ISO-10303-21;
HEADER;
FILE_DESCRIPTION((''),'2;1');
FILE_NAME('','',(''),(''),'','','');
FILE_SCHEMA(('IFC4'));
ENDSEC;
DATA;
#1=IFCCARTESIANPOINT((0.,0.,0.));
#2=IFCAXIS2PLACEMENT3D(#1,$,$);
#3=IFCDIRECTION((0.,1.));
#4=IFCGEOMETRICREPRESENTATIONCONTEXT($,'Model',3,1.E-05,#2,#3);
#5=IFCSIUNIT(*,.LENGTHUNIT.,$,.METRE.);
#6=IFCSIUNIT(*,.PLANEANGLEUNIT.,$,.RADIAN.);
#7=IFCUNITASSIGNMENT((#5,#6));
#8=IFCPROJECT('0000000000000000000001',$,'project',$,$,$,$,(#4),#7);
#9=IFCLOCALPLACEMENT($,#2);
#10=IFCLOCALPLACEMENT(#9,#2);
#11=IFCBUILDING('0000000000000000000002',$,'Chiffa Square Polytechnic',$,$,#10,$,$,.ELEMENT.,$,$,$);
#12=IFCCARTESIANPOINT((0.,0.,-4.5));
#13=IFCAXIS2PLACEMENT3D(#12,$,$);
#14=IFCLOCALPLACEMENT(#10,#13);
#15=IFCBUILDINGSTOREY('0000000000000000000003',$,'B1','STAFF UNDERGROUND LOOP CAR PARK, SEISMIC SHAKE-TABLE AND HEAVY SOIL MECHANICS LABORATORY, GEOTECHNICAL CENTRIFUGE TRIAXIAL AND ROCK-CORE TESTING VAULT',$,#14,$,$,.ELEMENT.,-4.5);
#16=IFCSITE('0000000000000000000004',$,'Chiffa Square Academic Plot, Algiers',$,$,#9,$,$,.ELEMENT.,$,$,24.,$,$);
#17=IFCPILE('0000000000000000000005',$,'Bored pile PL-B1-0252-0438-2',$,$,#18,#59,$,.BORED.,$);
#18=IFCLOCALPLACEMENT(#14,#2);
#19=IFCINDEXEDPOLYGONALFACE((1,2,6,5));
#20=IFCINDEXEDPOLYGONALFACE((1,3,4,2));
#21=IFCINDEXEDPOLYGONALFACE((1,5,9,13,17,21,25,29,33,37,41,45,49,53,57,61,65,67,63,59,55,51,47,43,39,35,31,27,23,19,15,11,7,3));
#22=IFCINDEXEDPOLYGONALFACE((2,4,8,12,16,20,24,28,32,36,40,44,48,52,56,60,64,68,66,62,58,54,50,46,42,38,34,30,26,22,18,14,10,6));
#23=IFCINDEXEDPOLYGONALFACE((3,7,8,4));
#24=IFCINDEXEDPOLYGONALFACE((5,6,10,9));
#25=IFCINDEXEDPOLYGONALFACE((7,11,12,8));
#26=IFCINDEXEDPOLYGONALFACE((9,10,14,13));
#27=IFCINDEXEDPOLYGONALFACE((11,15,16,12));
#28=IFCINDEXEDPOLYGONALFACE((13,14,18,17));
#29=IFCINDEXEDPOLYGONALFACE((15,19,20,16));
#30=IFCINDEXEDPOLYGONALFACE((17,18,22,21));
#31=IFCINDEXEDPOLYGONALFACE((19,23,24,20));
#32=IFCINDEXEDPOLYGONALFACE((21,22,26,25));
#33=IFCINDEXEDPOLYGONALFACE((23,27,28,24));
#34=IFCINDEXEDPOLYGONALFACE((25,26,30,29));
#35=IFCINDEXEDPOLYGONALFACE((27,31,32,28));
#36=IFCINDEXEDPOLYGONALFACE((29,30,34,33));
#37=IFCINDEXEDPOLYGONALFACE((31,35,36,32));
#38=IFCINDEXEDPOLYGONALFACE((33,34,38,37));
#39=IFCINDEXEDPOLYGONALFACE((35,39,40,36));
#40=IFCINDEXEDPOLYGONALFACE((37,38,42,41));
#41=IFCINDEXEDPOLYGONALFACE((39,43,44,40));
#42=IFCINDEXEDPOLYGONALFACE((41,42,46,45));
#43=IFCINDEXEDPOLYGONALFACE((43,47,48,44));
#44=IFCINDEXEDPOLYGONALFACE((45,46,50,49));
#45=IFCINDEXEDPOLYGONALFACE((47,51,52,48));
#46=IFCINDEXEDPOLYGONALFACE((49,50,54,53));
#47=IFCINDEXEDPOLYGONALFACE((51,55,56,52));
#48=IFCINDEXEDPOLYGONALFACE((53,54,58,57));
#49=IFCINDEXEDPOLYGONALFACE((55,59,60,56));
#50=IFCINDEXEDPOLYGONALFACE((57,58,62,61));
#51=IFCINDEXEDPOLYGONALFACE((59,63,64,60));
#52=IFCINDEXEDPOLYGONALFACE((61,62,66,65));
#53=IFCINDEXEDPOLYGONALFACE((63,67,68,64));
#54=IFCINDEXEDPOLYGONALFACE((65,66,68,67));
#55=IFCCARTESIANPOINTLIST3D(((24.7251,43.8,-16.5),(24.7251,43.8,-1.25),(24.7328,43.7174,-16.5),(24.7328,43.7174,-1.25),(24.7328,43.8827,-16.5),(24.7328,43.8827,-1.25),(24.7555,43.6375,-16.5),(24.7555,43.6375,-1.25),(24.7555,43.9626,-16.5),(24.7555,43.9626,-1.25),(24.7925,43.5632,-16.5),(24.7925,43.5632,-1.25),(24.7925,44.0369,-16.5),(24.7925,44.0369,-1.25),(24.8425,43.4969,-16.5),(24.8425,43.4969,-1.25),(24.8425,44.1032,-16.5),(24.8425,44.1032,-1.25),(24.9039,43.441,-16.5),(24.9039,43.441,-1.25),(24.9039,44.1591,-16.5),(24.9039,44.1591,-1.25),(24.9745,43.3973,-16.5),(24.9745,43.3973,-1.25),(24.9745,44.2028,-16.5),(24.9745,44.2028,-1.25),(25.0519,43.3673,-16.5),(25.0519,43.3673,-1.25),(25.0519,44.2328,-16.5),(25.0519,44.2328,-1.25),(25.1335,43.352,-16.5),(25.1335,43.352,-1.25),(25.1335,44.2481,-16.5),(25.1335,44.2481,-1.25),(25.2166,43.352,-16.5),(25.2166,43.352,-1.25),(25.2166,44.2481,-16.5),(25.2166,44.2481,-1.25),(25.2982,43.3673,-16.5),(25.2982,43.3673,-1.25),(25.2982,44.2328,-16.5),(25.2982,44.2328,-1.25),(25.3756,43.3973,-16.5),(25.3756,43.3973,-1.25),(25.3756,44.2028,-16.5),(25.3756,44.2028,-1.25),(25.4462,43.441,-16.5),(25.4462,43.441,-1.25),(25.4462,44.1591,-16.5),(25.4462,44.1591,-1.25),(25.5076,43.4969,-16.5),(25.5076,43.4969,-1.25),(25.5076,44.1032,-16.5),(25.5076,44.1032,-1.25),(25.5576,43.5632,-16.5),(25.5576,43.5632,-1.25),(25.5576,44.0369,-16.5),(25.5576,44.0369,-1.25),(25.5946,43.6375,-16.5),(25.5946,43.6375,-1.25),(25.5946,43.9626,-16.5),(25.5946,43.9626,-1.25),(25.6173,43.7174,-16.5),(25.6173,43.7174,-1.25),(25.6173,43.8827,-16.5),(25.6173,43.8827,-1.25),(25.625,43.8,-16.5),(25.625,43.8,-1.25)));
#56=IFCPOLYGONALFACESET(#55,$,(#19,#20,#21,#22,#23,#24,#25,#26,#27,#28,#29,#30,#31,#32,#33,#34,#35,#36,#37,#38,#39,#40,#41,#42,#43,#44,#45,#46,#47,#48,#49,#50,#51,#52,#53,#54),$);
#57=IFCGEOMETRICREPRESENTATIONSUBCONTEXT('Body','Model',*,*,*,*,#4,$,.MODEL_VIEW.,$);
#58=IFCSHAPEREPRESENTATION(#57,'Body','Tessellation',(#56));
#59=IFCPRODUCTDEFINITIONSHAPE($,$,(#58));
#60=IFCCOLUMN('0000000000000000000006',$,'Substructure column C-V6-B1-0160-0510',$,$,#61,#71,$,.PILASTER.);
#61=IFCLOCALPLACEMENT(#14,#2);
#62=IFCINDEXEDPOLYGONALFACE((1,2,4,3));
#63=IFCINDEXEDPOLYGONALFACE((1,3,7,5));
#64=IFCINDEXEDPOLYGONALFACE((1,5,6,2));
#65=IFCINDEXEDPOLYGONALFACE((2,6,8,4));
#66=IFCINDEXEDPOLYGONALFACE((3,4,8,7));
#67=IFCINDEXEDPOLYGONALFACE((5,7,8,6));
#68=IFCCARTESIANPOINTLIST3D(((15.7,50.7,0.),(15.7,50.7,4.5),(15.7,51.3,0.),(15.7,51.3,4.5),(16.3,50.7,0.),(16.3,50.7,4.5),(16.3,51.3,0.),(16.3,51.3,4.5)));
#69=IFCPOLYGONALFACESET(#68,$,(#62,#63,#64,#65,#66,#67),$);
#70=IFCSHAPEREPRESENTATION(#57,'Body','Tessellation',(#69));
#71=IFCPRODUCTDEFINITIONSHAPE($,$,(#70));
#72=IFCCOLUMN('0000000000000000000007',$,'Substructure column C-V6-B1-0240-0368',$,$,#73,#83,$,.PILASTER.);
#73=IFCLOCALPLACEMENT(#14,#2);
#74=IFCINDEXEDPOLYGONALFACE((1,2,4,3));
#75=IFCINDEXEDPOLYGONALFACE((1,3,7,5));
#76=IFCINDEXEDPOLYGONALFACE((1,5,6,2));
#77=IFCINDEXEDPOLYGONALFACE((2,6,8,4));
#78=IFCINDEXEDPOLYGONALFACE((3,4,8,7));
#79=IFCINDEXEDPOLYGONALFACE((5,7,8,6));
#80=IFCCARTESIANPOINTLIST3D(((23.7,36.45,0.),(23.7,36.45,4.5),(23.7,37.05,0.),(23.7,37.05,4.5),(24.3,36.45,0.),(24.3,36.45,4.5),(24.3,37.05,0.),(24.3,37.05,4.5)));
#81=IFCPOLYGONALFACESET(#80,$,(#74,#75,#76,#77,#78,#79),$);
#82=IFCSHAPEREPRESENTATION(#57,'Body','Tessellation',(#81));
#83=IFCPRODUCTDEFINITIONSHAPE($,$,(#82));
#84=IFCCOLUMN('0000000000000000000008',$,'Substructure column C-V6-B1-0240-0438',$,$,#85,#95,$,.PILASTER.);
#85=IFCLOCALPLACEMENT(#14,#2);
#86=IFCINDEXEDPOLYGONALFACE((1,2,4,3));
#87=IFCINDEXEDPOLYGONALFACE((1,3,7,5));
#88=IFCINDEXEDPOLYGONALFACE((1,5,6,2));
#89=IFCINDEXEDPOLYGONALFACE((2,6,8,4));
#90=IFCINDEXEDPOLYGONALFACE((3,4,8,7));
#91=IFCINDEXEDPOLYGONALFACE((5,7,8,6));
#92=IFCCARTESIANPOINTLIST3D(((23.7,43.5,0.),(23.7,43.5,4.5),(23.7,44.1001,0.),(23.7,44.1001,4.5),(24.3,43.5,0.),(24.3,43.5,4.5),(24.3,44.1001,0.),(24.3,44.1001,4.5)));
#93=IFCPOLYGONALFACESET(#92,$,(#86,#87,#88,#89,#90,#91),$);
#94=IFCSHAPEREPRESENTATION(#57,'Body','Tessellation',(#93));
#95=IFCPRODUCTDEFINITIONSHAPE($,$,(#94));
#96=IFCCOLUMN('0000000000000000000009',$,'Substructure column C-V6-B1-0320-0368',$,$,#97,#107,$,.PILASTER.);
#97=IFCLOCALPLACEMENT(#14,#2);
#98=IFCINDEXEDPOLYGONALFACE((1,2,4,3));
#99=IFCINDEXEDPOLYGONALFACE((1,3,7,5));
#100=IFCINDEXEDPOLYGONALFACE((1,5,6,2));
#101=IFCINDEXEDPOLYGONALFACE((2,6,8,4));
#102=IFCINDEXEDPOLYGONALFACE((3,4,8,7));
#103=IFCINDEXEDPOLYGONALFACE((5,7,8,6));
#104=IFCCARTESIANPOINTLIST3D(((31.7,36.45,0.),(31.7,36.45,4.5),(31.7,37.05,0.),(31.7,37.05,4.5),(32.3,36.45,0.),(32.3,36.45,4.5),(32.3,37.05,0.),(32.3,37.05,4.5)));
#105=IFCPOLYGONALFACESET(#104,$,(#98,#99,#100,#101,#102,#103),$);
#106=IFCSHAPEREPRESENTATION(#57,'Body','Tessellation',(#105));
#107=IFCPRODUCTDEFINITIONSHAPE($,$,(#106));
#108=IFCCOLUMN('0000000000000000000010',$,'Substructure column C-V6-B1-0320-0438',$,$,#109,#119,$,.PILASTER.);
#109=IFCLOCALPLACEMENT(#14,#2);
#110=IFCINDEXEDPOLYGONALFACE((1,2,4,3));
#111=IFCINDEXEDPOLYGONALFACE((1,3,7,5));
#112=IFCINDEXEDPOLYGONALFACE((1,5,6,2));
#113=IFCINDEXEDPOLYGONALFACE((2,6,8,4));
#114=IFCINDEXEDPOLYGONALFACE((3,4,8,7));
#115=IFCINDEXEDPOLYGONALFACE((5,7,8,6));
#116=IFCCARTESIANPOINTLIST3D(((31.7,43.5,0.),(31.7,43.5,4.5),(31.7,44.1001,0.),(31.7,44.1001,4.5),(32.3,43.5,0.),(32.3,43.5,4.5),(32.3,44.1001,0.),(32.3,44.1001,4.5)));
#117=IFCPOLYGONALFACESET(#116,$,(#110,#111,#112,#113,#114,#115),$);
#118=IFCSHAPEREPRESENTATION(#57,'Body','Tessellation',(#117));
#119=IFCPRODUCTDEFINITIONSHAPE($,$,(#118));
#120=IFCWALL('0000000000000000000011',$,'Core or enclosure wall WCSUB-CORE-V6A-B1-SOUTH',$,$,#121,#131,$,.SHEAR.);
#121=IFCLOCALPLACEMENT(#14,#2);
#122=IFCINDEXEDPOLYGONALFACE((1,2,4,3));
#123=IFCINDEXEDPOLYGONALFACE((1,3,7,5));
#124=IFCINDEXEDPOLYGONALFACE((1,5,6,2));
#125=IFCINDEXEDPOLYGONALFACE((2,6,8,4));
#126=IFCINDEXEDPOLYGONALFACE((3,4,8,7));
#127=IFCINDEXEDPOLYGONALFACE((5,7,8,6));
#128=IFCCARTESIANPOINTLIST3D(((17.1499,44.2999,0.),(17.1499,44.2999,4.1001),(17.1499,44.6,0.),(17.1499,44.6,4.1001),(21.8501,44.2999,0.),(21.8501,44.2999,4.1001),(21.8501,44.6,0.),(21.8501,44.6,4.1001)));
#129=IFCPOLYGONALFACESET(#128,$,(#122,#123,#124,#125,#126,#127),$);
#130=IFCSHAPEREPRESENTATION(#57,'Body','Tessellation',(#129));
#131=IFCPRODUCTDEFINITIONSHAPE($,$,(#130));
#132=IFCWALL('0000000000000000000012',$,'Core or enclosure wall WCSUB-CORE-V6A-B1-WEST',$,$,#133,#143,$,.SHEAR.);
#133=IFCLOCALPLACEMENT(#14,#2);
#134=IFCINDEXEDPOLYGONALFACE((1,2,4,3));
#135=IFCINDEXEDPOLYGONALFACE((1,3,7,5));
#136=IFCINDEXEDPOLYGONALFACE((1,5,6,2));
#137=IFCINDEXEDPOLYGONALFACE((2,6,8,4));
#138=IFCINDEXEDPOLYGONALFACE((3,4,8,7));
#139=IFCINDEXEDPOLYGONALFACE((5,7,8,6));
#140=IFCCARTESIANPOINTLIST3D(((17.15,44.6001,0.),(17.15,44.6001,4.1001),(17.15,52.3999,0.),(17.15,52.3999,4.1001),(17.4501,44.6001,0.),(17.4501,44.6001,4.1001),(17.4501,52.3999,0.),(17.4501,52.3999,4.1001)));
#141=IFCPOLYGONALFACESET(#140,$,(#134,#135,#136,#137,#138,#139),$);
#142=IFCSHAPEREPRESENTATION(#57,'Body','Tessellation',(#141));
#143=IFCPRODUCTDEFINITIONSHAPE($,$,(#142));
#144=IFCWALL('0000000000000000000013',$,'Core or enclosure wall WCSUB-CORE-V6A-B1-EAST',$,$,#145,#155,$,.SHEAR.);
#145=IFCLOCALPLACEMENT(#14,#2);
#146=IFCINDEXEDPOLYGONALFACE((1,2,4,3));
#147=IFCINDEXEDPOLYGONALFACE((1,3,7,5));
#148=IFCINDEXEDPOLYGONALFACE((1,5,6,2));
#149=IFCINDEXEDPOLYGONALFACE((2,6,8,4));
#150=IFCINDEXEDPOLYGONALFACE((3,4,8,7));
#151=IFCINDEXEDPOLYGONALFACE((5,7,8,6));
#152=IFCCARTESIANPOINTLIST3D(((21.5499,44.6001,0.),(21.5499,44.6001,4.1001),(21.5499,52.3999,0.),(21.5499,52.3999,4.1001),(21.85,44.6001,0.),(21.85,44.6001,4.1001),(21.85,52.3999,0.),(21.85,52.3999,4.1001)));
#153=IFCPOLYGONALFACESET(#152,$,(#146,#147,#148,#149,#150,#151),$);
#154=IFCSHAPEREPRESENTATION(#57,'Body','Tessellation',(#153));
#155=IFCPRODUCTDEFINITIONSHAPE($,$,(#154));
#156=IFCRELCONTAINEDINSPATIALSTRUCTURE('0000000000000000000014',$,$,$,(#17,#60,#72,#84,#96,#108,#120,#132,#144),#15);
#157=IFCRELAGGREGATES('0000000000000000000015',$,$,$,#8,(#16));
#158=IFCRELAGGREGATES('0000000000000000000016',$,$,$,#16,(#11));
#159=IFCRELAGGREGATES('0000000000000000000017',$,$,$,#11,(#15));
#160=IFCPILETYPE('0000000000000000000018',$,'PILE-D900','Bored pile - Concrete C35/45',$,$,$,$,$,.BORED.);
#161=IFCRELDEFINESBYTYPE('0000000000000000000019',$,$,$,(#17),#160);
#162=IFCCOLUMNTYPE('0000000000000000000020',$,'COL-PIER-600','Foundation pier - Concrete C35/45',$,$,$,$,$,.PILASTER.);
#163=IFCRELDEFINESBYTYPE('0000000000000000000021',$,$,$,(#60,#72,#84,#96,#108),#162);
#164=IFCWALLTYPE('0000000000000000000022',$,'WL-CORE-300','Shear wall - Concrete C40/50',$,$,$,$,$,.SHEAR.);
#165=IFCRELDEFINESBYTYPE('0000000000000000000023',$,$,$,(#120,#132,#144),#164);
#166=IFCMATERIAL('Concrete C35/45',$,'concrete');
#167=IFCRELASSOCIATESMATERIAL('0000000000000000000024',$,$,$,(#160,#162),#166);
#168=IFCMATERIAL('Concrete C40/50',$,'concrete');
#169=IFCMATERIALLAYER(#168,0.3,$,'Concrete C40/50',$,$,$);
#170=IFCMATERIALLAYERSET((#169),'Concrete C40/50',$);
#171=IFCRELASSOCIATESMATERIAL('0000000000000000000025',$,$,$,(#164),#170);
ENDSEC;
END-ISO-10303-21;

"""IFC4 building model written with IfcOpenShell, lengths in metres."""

from ifc_helpers import new_model, si_unit, direction, frame, frame_2d, origin, origin_2d, place, context, subcontext, project, spatial, rectangle, circle, extrude, material, layer, layer_set, material_profile, profile_set, type_object, element, save


model = new_model("IFC4")

# Units and contexts
model_context = context("Model", 3, precision=1e-05, world=origin(), true_north=direction((0.0, 1.0)))
body_context = subcontext(model_context, "Body", "Model", "MODEL_VIEW")
ifc_project = project(units=[si_unit("LENGTHUNIT", "METRE"), si_unit("PLANEANGLEUNIT", "RADIAN")], contexts=[model_context])

# Site, building, storey
site_placement = place(None, origin())
site = spatial("IfcSite", under=ifc_project, at=site_placement, Name="Chiffa Square Academic Plot, Algiers", CompositionType="ELEMENT", RefElevation=24.0)
building_placement = place(site_placement, origin())
building = spatial("IfcBuilding", under=site, at=building_placement, Name="Chiffa Square Polytechnic", CompositionType="ELEMENT")
storey_placement = place(building_placement, frame((0.0, 0.0, -4.5)))
storey = spatial("IfcBuildingStorey", under=building, at=storey_placement, Name="B1", Description="STAFF UNDERGROUND LOOP CAR PARK, SEISMIC SHAKE-TABLE AND HEAVY SOIL MECHANICS LABORATORY, GEOTECHNICAL CENTRIFUGE TRIAXIAL AND ROCK-CORE TESTING VAULT", CompositionType="ELEMENT", Elevation=-4.5)

# Shared definitions
ifc_material_1 = material(Name="Concrete C35/45", Category="concrete")

# Pile
ifc_material_profile_1 = material_profile(ifc_material_1, circle(Radius=0.45, at=origin_2d()), Name="PILE D900")
ifc_profile_set_1 = profile_set([ifc_material_profile_1], Name="Concrete C35/45")
pile_type_1 = type_object("IfcPileType", Name="PILE-D900", Description="Bored pile - Concrete C35/45", PredefinedType="BORED", material=ifc_profile_set_1)
for number, where, z_axis, x_axis, name in (
    (1, (25.175, 43.8, -1.25), (0.0, 0.0, -1.0), (1.0, 0.0, 0.0), "Bored pile PL-B1-0252-0438-2"),
):
    element("IfcPile", number, at=place(storey_placement, frame(where, z_axis=z_axis, x_axis=x_axis)), inside=storey, type_object=pile_type_1, Name=name, PredefinedType="BORED", context=body_context, shape_type="SweptSolid", body=[
        extrude(circle(Radius=0.45, at=origin_2d()), origin(), (0.0, 0.0, 1.0), 15.25),
    ])

# Columns
ifc_material_profile_2 = material_profile(ifc_material_1, rectangle(XDim=0.6001, YDim=0.6001, at=origin_2d()), Name="RC 600x600")
ifc_profile_set_2 = profile_set([ifc_material_profile_2], Name="Concrete C35/45")
column_type = type_object("IfcColumnType", Name="COL-PIER-600", Description="Foundation pier - Concrete C35/45", PredefinedType="PILASTER", material=ifc_profile_set_2)
for number, where, z_axis, x_axis, name in (
    (2, (16.0, 51.0, 0.0), (0.0, 0.0, 1.0), (1.0, 0.0, 0.0), "Substructure column C-V6-B1-0160-0510"),
    (3, (24.0, 36.75, 0.0), (0.0, 0.0, 1.0), (1.0, 0.0, 0.0), "Substructure column C-V6-B1-0240-0368"),
    (4, (24.0, 43.8, 0.0), (0.0, 0.0, 1.0), (1.0, 0.0, 0.0), "Substructure column C-V6-B1-0240-0438"),
    (5, (32.0, 36.75, 0.0), (0.0, 0.0, 1.0), (1.0, 0.0, 0.0), "Substructure column C-V6-B1-0320-0368"),
    (6, (32.0, 43.8, 0.0), (0.0, 0.0, 1.0), (1.0, 0.0, 0.0), "Substructure column C-V6-B1-0320-0438"),
):
    element("IfcColumn", number, at=place(storey_placement, frame(where, z_axis=z_axis, x_axis=x_axis)), inside=storey, type_object=column_type, Name=name, PredefinedType="PILASTER", context=body_context, shape_type="SweptSolid", body=[
        extrude(rectangle(XDim=0.6001, YDim=0.6001, at=origin_2d()), origin(), (0.0, 0.0, 1.0), 4.5),
    ])

# Walls
ifc_material_2 = material(Name="Concrete C40/50", Category="concrete")
ifc_layer_1 = layer(ifc_material_2, 0.3, Name="Concrete C40/50")
ifc_layer_set_1 = layer_set([ifc_layer_1], Name="Concrete C40/50")
wall_type = type_object("IfcWallType", Name="WL-CORE-300", Description="Shear wall - Concrete C40/50", PredefinedType="SHEAR", material=ifc_layer_set_1)
wall_placement = place(storey_placement, frame((17.1499, 44.45, 0.0), z_axis=(0.0, 0.0, 1.0), x_axis=(1.0, 0.0, 0.0)))
element("IfcWall", 7, at=wall_placement, inside=storey, type_object=wall_type, Name="Core or enclosure wall WCSUB-CORE-V6A-B1-SOUTH", PredefinedType="SHEAR", context=body_context, shape_type="SweptSolid", body=[
    extrude(rectangle(XDim=4.7002, YDim=0.3, at=frame_2d((2.3501, 0.0))), origin(), (0.0, 0.0, 1.0), 4.1001),
])
for number, where, z_axis, x_axis, name in (
    (8, (17.3, 44.6001, 0.0), (0.0, 0.0, 1.0), (0.0, 1.0, 0.0), "Core or enclosure wall WCSUB-CORE-V6A-B1-WEST"),
    (9, (21.7, 44.6001, 0.0), (0.0, 0.0, 1.0), (0.0, 1.0, 0.0), "Core or enclosure wall WCSUB-CORE-V6A-B1-EAST"),
):
    element("IfcWall", number, at=place(storey_placement, frame(where, z_axis=z_axis, x_axis=x_axis)), inside=storey, type_object=wall_type, Name=name, PredefinedType="SHEAR", context=body_context, shape_type="SweptSolid", body=[
        extrude(rectangle(XDim=7.7998, YDim=0.3, at=frame_2d((3.8999, 0.0))), origin(), (0.0, 0.0, 1.0), 4.1001),
    ])

save(model, "model.ifc")
